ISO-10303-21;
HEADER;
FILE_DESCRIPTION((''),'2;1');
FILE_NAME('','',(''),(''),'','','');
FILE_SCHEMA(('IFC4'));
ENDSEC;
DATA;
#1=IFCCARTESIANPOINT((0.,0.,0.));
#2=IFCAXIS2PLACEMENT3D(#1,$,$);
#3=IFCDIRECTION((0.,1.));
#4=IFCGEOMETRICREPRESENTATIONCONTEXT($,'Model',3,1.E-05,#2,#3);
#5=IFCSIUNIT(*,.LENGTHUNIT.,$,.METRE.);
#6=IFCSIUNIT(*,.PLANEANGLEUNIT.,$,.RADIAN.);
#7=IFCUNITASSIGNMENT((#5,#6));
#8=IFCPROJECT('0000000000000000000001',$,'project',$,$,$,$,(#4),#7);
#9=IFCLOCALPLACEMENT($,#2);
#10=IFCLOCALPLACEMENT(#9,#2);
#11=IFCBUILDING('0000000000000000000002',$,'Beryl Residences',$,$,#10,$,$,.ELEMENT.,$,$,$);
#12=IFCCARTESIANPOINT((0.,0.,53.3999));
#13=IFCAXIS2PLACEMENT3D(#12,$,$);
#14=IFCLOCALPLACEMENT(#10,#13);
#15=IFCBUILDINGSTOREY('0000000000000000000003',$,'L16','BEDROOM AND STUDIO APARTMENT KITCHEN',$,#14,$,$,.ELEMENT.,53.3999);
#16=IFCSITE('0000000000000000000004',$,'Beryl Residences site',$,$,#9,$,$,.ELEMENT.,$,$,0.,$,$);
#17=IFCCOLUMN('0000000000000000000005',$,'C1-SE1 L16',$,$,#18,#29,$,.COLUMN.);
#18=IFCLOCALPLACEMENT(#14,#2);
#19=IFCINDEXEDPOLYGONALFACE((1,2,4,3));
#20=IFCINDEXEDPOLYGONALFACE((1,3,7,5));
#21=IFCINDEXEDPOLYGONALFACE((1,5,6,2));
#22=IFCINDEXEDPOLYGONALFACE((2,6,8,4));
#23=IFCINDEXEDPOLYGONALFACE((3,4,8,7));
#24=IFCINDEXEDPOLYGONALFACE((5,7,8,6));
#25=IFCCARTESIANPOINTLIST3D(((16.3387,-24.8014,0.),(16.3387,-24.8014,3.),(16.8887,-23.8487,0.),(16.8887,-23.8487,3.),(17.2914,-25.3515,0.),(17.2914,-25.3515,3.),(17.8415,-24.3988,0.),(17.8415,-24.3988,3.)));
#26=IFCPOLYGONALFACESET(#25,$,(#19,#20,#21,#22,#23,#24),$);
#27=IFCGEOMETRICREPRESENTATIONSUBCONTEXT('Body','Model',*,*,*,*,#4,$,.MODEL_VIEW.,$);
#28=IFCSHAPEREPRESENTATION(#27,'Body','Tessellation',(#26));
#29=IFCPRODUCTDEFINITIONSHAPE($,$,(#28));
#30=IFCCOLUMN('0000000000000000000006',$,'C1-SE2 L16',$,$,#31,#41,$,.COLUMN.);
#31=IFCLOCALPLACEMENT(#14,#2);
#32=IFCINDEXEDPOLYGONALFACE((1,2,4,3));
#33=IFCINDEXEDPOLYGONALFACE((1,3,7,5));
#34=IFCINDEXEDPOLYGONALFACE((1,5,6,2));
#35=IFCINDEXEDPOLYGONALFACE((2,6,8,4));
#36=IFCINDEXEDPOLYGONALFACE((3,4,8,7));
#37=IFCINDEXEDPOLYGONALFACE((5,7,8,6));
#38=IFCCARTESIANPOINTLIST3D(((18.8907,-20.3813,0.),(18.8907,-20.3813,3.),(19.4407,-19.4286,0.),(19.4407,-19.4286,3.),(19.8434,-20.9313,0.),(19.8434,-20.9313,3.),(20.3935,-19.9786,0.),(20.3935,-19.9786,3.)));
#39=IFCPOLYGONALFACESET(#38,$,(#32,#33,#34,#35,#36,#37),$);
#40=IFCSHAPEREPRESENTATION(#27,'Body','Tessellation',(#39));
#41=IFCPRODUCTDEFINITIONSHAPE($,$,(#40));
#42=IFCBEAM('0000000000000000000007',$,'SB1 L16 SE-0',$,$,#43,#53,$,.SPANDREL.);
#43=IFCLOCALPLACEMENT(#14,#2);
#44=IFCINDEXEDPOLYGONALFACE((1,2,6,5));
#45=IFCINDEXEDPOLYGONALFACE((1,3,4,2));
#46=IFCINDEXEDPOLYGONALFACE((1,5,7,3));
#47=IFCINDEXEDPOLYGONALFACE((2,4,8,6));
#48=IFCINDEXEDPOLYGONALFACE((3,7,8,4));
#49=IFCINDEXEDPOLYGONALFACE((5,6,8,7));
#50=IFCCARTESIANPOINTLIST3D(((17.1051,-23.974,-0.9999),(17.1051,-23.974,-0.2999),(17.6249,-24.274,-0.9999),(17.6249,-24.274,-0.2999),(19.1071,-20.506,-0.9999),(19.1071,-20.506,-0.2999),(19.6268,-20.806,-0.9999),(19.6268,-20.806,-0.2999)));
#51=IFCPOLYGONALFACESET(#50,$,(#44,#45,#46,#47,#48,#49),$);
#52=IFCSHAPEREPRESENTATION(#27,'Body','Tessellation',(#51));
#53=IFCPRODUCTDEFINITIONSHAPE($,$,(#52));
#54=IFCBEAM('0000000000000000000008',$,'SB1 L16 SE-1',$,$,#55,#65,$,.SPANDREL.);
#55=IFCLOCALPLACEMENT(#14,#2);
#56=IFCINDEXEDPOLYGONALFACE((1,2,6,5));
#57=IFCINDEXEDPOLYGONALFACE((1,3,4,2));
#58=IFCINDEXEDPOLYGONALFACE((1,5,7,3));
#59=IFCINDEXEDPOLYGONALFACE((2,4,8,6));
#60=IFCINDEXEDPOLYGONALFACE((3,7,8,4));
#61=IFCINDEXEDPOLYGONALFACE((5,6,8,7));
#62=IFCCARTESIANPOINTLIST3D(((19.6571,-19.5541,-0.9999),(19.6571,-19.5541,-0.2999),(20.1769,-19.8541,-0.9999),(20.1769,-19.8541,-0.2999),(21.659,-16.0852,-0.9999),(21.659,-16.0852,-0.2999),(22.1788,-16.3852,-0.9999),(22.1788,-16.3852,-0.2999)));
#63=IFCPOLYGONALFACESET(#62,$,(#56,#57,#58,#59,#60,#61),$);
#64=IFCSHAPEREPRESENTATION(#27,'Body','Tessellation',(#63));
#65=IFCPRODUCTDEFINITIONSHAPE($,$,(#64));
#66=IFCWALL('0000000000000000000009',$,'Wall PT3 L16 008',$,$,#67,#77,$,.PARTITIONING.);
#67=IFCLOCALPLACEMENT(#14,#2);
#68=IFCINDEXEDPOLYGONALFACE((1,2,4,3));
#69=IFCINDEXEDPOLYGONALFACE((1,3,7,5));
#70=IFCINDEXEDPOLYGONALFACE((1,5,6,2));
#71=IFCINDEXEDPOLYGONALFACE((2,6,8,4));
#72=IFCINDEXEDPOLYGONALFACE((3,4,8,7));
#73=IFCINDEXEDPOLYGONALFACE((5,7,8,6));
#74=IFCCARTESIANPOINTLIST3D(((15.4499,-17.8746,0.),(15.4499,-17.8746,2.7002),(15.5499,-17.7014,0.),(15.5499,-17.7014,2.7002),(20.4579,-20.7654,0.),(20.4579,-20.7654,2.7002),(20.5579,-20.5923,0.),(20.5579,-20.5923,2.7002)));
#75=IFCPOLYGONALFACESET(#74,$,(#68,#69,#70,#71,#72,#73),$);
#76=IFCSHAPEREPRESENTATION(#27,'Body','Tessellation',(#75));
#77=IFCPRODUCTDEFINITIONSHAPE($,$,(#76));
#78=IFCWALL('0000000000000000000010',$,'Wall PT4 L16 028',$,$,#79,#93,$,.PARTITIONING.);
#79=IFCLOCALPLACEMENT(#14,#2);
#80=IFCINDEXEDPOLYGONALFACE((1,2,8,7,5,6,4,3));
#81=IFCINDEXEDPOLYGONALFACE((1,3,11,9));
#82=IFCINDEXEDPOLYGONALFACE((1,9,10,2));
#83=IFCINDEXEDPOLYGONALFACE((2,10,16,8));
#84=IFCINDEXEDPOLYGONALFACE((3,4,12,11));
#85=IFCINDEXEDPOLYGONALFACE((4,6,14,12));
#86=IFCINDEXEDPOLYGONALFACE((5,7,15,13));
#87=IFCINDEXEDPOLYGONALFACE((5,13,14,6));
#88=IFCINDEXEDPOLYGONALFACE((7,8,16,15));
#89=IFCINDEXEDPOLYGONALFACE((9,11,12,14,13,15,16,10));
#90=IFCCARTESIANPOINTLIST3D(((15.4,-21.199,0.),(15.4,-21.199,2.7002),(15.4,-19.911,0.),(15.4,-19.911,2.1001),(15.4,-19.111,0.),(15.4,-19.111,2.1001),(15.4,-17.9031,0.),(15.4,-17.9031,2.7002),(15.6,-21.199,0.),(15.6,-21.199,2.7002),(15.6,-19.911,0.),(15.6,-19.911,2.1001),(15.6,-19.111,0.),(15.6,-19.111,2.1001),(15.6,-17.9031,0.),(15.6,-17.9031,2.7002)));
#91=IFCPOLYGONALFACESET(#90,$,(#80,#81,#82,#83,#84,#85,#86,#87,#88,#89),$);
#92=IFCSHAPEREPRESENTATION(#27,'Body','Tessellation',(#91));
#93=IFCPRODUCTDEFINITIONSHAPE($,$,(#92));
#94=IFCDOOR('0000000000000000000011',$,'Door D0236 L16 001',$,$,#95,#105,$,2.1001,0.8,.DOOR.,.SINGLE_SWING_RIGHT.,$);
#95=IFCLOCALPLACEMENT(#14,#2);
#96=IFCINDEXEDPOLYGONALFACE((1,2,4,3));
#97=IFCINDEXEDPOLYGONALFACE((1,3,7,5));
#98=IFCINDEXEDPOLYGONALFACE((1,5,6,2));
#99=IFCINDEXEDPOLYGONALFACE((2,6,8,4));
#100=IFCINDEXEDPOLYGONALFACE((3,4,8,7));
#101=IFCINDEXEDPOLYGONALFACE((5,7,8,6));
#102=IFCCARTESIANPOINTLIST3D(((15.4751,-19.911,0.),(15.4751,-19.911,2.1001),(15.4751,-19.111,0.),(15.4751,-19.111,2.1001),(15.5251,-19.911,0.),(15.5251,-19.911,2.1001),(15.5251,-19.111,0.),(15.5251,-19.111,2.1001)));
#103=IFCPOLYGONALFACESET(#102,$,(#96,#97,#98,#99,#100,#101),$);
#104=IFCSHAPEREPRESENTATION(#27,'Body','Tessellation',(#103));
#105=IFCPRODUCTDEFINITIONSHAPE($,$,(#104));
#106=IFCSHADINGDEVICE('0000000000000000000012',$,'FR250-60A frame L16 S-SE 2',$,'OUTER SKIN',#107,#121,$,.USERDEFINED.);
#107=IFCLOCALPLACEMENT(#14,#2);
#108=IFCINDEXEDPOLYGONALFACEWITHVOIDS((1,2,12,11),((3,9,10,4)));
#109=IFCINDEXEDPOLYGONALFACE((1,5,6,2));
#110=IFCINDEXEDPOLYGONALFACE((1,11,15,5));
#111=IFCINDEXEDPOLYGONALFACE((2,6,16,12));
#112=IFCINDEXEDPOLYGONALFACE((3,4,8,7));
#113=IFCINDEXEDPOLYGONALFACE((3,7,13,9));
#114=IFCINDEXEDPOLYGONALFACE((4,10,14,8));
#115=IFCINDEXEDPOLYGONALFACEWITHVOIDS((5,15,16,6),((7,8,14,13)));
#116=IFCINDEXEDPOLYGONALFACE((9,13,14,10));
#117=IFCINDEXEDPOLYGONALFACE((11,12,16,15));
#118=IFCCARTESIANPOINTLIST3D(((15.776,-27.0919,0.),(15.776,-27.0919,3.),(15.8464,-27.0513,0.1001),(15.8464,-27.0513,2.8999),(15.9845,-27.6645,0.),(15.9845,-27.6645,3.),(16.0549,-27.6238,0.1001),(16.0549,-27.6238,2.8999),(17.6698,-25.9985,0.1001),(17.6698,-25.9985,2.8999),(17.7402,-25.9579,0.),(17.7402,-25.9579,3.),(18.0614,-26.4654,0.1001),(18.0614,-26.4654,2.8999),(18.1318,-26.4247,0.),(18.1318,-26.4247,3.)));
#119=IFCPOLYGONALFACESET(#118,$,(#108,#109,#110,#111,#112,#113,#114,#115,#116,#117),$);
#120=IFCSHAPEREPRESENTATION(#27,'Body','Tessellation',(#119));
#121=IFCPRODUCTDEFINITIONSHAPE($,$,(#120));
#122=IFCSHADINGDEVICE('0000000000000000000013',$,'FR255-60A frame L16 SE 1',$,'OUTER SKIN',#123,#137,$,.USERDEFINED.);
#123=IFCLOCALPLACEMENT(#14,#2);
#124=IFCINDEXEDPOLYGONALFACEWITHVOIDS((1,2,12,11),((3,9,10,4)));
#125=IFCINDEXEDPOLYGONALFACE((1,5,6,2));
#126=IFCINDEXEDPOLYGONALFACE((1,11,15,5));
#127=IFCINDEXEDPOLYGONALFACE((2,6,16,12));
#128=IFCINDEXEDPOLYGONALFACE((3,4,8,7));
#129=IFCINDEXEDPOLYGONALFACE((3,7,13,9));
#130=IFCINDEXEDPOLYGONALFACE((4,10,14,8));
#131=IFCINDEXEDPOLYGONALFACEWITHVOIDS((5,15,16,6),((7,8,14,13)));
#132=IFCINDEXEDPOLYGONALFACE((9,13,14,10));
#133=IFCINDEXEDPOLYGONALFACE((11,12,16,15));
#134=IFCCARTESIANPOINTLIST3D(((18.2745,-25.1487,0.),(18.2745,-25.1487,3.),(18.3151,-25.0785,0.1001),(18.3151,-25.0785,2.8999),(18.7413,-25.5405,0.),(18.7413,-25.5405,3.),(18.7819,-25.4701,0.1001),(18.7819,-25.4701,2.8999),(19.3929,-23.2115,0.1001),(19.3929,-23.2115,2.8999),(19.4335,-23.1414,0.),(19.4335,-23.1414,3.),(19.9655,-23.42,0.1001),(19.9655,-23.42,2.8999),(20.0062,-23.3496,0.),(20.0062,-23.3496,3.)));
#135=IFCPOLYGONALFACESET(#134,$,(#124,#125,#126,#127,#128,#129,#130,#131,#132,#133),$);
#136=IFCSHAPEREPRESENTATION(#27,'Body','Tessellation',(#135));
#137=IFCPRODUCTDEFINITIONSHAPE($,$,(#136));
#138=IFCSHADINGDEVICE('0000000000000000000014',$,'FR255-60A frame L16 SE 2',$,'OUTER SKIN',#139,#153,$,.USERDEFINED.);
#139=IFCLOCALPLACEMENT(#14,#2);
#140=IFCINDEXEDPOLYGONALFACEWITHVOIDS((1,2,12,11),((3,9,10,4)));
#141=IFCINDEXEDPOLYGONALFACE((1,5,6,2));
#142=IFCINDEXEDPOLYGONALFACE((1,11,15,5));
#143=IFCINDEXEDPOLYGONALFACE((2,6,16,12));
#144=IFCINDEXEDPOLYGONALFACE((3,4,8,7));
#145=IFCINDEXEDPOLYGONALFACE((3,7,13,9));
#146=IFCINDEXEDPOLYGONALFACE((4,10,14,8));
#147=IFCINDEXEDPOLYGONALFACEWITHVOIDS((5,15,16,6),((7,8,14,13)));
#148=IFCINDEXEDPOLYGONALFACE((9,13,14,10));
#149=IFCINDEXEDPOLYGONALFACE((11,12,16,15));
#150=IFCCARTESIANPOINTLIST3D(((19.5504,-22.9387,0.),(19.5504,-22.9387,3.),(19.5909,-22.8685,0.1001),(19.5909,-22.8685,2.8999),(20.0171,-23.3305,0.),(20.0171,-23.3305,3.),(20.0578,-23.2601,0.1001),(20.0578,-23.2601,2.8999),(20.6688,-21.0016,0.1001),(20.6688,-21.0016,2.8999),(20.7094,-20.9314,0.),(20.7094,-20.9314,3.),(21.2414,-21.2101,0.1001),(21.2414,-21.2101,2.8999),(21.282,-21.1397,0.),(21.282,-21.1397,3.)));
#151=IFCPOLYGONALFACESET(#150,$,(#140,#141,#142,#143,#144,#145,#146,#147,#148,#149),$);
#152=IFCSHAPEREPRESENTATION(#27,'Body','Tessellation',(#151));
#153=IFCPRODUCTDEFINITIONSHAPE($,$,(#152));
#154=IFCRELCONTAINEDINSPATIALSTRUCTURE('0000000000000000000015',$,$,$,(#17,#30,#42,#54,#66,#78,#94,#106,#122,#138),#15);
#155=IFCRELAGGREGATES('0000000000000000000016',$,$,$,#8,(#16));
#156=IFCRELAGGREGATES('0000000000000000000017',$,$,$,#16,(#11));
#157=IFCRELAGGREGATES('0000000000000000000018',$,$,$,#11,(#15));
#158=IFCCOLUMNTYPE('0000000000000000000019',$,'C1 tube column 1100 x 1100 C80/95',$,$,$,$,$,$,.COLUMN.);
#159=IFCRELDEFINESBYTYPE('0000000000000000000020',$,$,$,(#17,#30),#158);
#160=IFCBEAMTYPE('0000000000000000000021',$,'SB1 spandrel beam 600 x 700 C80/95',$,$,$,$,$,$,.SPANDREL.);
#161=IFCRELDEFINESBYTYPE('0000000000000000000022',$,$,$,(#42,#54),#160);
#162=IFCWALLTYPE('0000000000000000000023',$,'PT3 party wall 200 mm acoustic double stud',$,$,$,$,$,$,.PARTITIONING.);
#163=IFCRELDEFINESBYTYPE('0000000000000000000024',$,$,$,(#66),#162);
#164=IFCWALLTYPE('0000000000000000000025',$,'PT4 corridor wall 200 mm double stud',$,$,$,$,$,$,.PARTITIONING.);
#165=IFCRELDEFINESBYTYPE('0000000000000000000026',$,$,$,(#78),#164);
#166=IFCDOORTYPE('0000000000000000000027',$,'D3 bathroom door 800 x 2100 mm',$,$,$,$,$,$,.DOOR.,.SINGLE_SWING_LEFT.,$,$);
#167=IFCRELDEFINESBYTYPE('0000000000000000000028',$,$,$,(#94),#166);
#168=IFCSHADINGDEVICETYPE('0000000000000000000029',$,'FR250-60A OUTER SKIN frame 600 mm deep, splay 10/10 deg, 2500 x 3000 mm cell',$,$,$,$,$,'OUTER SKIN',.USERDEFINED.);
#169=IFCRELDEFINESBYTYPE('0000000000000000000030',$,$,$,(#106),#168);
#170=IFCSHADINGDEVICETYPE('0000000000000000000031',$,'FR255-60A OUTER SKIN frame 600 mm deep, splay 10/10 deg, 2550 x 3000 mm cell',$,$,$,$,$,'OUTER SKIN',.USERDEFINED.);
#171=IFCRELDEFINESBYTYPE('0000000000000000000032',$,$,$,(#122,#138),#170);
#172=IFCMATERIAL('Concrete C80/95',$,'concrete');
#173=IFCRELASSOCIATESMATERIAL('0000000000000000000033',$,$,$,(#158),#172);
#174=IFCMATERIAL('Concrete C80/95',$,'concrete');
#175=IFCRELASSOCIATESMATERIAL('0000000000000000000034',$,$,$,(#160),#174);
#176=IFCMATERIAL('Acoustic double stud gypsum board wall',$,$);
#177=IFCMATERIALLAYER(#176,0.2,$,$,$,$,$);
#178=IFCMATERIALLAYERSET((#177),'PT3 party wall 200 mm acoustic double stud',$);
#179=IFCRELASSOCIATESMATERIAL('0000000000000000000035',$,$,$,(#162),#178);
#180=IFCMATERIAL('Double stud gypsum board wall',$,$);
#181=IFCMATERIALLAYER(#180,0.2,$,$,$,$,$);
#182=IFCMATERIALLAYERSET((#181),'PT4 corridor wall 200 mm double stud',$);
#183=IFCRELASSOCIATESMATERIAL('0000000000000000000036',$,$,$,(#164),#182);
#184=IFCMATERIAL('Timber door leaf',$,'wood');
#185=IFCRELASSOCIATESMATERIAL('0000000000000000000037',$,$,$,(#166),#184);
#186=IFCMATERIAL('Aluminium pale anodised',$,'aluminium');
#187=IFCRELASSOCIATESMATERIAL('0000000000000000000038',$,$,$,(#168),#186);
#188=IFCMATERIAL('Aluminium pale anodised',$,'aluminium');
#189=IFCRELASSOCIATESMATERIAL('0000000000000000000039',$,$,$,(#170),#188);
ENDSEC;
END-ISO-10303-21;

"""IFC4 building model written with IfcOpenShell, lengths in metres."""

from ifc_helpers import new_model, entity, si_unit, direction, frame, frame_2d, origin, origin_2d, place, context, subcontext, project, spatial, rectangle, extrude, source, transform, mapped, material, layer, layer_set, material_profile, profile_set, type_object, type_shapes, element, fill, save


model = new_model("IFC4")

# Units and contexts
model_context = context("Model", 3, precision=1e-05, world=origin(), true_north=direction((0.0, 1.0)))
body_context = subcontext(model_context, "Body", "Model", "MODEL_VIEW")
ifc_project = project(units=[si_unit("LENGTHUNIT", "METRE"), si_unit("PLANEANGLEUNIT", "RADIAN")], contexts=[model_context])

# Site, building, storey
site_placement = place(None, origin())
site = spatial("IfcSite", under=ifc_project, at=site_placement, Name="Beryl Residences site", CompositionType="ELEMENT", RefElevation=0.0)
building_placement = place(site_placement, origin())
building = spatial("IfcBuilding", under=site, at=building_placement, Name="Beryl Residences", CompositionType="ELEMENT")
storey_placement = place(building_placement, frame((0.0, 0.0, 53.3999)))
storey = spatial("IfcBuildingStorey", under=building, at=storey_placement, Name="L16", Description="BEDROOM AND STUDIO APARTMENT KITCHEN", CompositionType="ELEMENT", Elevation=53.3999)

# Columns
ifc_material_1 = material(Name="Concrete C80/95", Category="concrete")
ifc_material_profile_1 = material_profile(ifc_material_1, rectangle(XDim=1.1001, YDim=1.1001, at=origin_2d()))
ifc_profile_set_1 = profile_set([ifc_material_profile_1], Name="Concrete C80/95")
column_type = type_object("IfcColumnType", Name="C1 tube column 1100 x 1100 C80/95", PredefinedType="COLUMN", material=ifc_profile_set_1)
for number, where, z_axis, x_axis, name in (
    (1, (17.0901, -24.6001, 0.0), (0.0, 0.0, 1.0), (0.499985, 0.866034, 0.0), "C1-SE1 L16"),
    (2, (19.6421, -20.1799, 0.0), (0.0, 0.0, 1.0), (0.499985, 0.866034, 0.0), "C1-SE2 L16"),
):
    element("IfcColumn", number, at=place(storey_placement, frame(where, z_axis=z_axis, x_axis=x_axis)), inside=storey, type_object=column_type, Name=name, PredefinedType="COLUMN", context=body_context, shape_type="SweptSolid", body=[
        extrude(rectangle(XDim=1.1001, YDim=1.1001, at=origin_2d()), origin(), (0.0, 0.0, 1.0), 3.0),
    ])

# Beams
ifc_material_2 = material(Name="Concrete C80/95", Category="concrete")
ifc_material_profile_2 = material_profile(ifc_material_2, rectangle(XDim=0.6001, YDim=0.7, at=origin_2d()))
ifc_profile_set_2 = profile_set([ifc_material_profile_2], Name="Concrete C80/95")
beam_type = type_object("IfcBeamType", Name="SB1 spandrel beam 600 x 700 C80/95", PredefinedType="SPANDREL", material=ifc_profile_set_2)
beam_1_placement = place(storey_placement, frame((17.365, -24.124, -0.6499), z_axis=(0.499942, 0.866059, 0.0), x_axis=(-0.866059, 0.499942, 0.0)))
element("IfcBeam", 3, at=beam_1_placement, inside=storey, type_object=beam_type, Name="SB1 L16 SE-0", PredefinedType="SPANDREL", context=body_context, shape_type="SweptSolid", body=[
    extrude(rectangle(XDim=0.6001, YDim=0.7, at=origin_2d()), origin(), (0.0, 0.0, 1.0), 4.0044),
])
beam_2_placement = place(storey_placement, frame((19.917, -19.7041, -0.6499), z_axis=(0.499837, 0.86612, 0.0), x_axis=(-0.86612, 0.499837, 0.0)))
element("IfcBeam", 4, at=beam_2_placement, inside=storey, type_object=beam_type, Name="SB1 L16 SE-1", PredefinedType="SPANDREL", context=body_context, shape_type="SweptSolid", body=[
    extrude(rectangle(XDim=0.6001, YDim=0.7, at=origin_2d()), origin(), (0.0, 0.0, 1.0), 4.0051),
])

# Wall
ifc_material_3 = material(Name="Acoustic double stud gypsum board wall")
ifc_layer_1 = layer(ifc_material_3, 0.2)
ifc_layer_set_1 = layer_set([ifc_layer_1], Name="PT3 party wall 200 mm acoustic double stud")
wall_type_1 = type_object("IfcWallType", Name="PT3 party wall 200 mm acoustic double stud", PredefinedType="PARTITIONING", material=ifc_layer_set_1)
wall_1_placement = place(storey_placement, frame((15.5, -17.7881, 0.0), z_axis=(0.0, 0.0, 1.0), x_axis=(0.866065, -0.499931, 0.0)))
element("IfcWall", 5, at=wall_1_placement, inside=storey, type_object=wall_type_1, Name="Wall PT3 L16 008", PredefinedType="PARTITIONING", context=body_context, shape_type="SweptSolid", body=[
    extrude(rectangle(XDim=5.7825, YDim=0.2, at=frame_2d((2.8911, 0.0))), origin(), (0.0, 0.0, 1.0), 2.7002),
])

# Wall, opening, door
ifc_material_4 = material(Name="Double stud gypsum board wall")
ifc_layer_2 = layer(ifc_material_4, 0.2)
ifc_layer_set_2 = layer_set([ifc_layer_2], Name="PT4 corridor wall 200 mm double stud")
wall_type_2 = type_object("IfcWallType", Name="PT4 corridor wall 200 mm double stud", PredefinedType="PARTITIONING", material=ifc_layer_set_2)
wall_2_placement = place(storey_placement, frame((15.5, -21.199, 0.0), z_axis=(0.0, 0.0, 1.0), x_axis=(0.0, 1.0, 0.0)))
wall_2 = element("IfcWall", 6, at=wall_2_placement, inside=storey, type_object=wall_type_2, Name="Wall PT4 L16 028", PredefinedType="PARTITIONING", context=body_context, shape_type="SweptSolid", body=[
    extrude(rectangle(XDim=3.2959, YDim=0.2, at=frame_2d((1.6479, 0.0))), origin(), (0.0, 0.0, 1.0), 2.7002),
])
opening_1_placement = place(wall_2_placement, frame((1.2881, 0.0, 0.0)))
opening_1 = element("IfcOpeningElement", 7, at=opening_1_placement, cuts=wall_2, PredefinedType="OPENING", context=body_context, shape_type="SweptSolid", body=[
    extrude(rectangle(XDim=0.8, YDim=2.1001, at=frame_2d((0.3999, 1.05))), frame((0.0, 0.1099, 0.0), z_axis=(0.0, -1.0, 0.0), x_axis=(1.0, 0.0, 0.0)), (0.0, 0.0, 1.0), 0.22),
])
ifc_material_5 = material(Name="Timber door leaf", Category="wood")
door_type = type_object("IfcDoorType", Name="D3 bathroom door 800 x 2100 mm", OperationType="SINGLE_SWING_LEFT", PredefinedType="DOOR", material=ifc_material_5)
door_placement = place(opening_1_placement, origin())
door = element("IfcDoor", 8, at=door_placement, inside=storey, type_object=door_type, Name="Door D0236 L16 001", OperationType="SINGLE_SWING_RIGHT", OverallHeight=2.1001, OverallWidth=0.8, PredefinedType="DOOR", context=body_context, shape_type="SweptSolid", body=[
    extrude(rectangle(XDim=0.8, YDim=2.1001, at=frame_2d((0.3999, 1.05))), frame((0.0, 0.0249, 0.0), z_axis=(0.0, -1.0, 0.0), x_axis=(1.0, 0.0, 0.0)), (0.0, 0.0, 1.0), 0.05),
])
fill(opening_1, door)

# Shading devices
ifc_material_6 = material(Name="Aluminium pale anodised", Category="aluminium")
shading_device_type_1 = type_object("IfcShadingDeviceType", Name="FR250-60A OUTER SKIN frame 600 mm deep, splay 10/10 deg, 2500 x 3000 mm cell", ElementType="OUTER SKIN", PredefinedType="USERDEFINED", material=ifc_material_6)
cartesian_point_1 = entity("IfcCartesianPoint", [-1.134, 0.0])
cartesian_point_2 = entity("IfcCartesianPoint", [-1.0527, 0.1001])
cartesian_point_3 = entity("IfcCartesianPoint", [-1.2397, 0.0])
cartesian_point_4 = entity("IfcCartesianPoint", [-1.1584, 0.1001])
shared_shape_1 = source(origin(), body_context, "Body", "SweptSolid", [
    entity("IfcExtrudedAreaSolidTapered", entity("IfcArbitraryProfileDefWithVoids", "AREA", None, entity("IfcPolyline", [cartesian_point_1, entity("IfcCartesianPoint", [1.134, 0.0]), entity("IfcCartesianPoint", [1.134, 3.0]), entity("IfcCartesianPoint", [-1.134, 3.0]), cartesian_point_1]), [entity("IfcPolyline", [cartesian_point_2, entity("IfcCartesianPoint", [1.0527, 0.1001]), entity("IfcCartesianPoint", [1.0527, 2.8999]), entity("IfcCartesianPoint", [-1.0527, 2.8999]), cartesian_point_2])]), entity("IfcAxis2Placement3D", entity("IfcCartesianPoint", [0.0, 0.0, 0.0]), entity("IfcDirection", [0.0, 1.0, 0.0]), entity("IfcDirection", [-1.0, 0.0, 0.0])), entity("IfcDirection", [0.0, 0.0, 1.0]), 0.6001, entity("IfcArbitraryProfileDefWithVoids", "AREA", None, entity("IfcPolyline", [cartesian_point_3, entity("IfcCartesianPoint", [1.2397, 0.0]), entity("IfcCartesianPoint", [1.2397, 3.0]), entity("IfcCartesianPoint", [-1.2397, 3.0]), cartesian_point_3]), [entity("IfcPolyline", [cartesian_point_4, entity("IfcCartesianPoint", [1.1584, 0.1001]), entity("IfcCartesianPoint", [1.1584, 2.8999]), entity("IfcCartesianPoint", [-1.1584, 2.8999]), cartesian_point_4])])),
])
type_shapes(shading_device_type_1, [shared_shape_1])
shading_device_placement = place(storey_placement, frame((16.7581, -26.5249, 0.0), z_axis=(0.0, 0.0, 1.0), x_axis=(-0.866025, -0.5, 0.0)))
element("IfcShadingDevice", 9, at=shading_device_placement, inside=storey, type_object=shading_device_type_1, Name="FR250-60A frame L16 S-SE 2", ObjectType="OUTER SKIN", PredefinedType="USERDEFINED", context=body_context, shape_type="MappedRepresentation", body=[
    mapped(shared_shape_1, transform((0.0, 0.0, 0.0))),
])
ifc_material_7 = material(Name="Aluminium pale anodised", Category="aluminium")
shading_device_type_2 = type_object("IfcShadingDeviceType", Name="FR255-60A OUTER SKIN frame 600 mm deep, splay 10/10 deg, 2550 x 3000 mm cell", ElementType="OUTER SKIN", PredefinedType="USERDEFINED", material=ifc_material_7)
cartesian_point_5 = entity("IfcCartesianPoint", [-1.1589, 0.0])
cartesian_point_6 = entity("IfcCartesianPoint", [-1.0779, 0.1001])
cartesian_point_7 = entity("IfcCartesianPoint", [-1.2649, 0.0])
cartesian_point_8 = entity("IfcCartesianPoint", [-1.1836, 0.1001])
shared_shape_2 = source(origin(), body_context, "Body", "SweptSolid", [
    entity("IfcExtrudedAreaSolidTapered", entity("IfcArbitraryProfileDefWithVoids", "AREA", None, entity("IfcPolyline", [cartesian_point_5, entity("IfcCartesianPoint", [1.1589, 0.0]), entity("IfcCartesianPoint", [1.1589, 3.0]), entity("IfcCartesianPoint", [-1.1589, 3.0]), cartesian_point_5]), [entity("IfcPolyline", [cartesian_point_6, entity("IfcCartesianPoint", [1.0779, 0.1001]), entity("IfcCartesianPoint", [1.0779, 2.8999]), entity("IfcCartesianPoint", [-1.0779, 2.8999]), cartesian_point_6])]), entity("IfcAxis2Placement3D", entity("IfcCartesianPoint", [0.0, 0.0, 0.0]), entity("IfcDirection", [0.0, 1.0, 0.0]), entity("IfcDirection", [-1.0, 0.0, 0.0])), entity("IfcDirection", [0.0, 0.0, 1.0]), 0.6001, entity("IfcArbitraryProfileDefWithVoids", "AREA", None, entity("IfcPolyline", [cartesian_point_7, entity("IfcCartesianPoint", [1.2649, 0.0]), entity("IfcCartesianPoint", [1.2649, 3.0]), entity("IfcCartesianPoint", [-1.2649, 3.0]), cartesian_point_7]), [entity("IfcPolyline", [cartesian_point_8, entity("IfcCartesianPoint", [1.1836, 0.1001]), entity("IfcCartesianPoint", [1.1836, 2.8999]), entity("IfcCartesianPoint", [-1.1836, 2.8999]), cartesian_point_8])])),
])
type_shapes(shading_device_type_2, [shared_shape_2])
for number, where, z_axis, x_axis, name in (
    (10, (18.854, -24.145, 0.0), (0.0, 0.0, 1.0), (-0.5, -0.866025, 0.0), "FR255-60A frame L16 SE 1"),
    (11, (20.1299, -21.9351, 0.0), (0.0, 0.0, 1.0), (-0.5, -0.866025, 0.0), "FR255-60A frame L16 SE 2"),
):
    element("IfcShadingDevice", number, at=place(storey_placement, frame(where, z_axis=z_axis, x_axis=x_axis)), inside=storey, type_object=shading_device_type_2, Name=name, ObjectType="OUTER SKIN", PredefinedType="USERDEFINED", context=body_context, shape_type="MappedRepresentation", body=[
        mapped(shared_shape_2, transform((0.0, 0.0, 0.0))),
    ])

save(model, "model.ifc")
